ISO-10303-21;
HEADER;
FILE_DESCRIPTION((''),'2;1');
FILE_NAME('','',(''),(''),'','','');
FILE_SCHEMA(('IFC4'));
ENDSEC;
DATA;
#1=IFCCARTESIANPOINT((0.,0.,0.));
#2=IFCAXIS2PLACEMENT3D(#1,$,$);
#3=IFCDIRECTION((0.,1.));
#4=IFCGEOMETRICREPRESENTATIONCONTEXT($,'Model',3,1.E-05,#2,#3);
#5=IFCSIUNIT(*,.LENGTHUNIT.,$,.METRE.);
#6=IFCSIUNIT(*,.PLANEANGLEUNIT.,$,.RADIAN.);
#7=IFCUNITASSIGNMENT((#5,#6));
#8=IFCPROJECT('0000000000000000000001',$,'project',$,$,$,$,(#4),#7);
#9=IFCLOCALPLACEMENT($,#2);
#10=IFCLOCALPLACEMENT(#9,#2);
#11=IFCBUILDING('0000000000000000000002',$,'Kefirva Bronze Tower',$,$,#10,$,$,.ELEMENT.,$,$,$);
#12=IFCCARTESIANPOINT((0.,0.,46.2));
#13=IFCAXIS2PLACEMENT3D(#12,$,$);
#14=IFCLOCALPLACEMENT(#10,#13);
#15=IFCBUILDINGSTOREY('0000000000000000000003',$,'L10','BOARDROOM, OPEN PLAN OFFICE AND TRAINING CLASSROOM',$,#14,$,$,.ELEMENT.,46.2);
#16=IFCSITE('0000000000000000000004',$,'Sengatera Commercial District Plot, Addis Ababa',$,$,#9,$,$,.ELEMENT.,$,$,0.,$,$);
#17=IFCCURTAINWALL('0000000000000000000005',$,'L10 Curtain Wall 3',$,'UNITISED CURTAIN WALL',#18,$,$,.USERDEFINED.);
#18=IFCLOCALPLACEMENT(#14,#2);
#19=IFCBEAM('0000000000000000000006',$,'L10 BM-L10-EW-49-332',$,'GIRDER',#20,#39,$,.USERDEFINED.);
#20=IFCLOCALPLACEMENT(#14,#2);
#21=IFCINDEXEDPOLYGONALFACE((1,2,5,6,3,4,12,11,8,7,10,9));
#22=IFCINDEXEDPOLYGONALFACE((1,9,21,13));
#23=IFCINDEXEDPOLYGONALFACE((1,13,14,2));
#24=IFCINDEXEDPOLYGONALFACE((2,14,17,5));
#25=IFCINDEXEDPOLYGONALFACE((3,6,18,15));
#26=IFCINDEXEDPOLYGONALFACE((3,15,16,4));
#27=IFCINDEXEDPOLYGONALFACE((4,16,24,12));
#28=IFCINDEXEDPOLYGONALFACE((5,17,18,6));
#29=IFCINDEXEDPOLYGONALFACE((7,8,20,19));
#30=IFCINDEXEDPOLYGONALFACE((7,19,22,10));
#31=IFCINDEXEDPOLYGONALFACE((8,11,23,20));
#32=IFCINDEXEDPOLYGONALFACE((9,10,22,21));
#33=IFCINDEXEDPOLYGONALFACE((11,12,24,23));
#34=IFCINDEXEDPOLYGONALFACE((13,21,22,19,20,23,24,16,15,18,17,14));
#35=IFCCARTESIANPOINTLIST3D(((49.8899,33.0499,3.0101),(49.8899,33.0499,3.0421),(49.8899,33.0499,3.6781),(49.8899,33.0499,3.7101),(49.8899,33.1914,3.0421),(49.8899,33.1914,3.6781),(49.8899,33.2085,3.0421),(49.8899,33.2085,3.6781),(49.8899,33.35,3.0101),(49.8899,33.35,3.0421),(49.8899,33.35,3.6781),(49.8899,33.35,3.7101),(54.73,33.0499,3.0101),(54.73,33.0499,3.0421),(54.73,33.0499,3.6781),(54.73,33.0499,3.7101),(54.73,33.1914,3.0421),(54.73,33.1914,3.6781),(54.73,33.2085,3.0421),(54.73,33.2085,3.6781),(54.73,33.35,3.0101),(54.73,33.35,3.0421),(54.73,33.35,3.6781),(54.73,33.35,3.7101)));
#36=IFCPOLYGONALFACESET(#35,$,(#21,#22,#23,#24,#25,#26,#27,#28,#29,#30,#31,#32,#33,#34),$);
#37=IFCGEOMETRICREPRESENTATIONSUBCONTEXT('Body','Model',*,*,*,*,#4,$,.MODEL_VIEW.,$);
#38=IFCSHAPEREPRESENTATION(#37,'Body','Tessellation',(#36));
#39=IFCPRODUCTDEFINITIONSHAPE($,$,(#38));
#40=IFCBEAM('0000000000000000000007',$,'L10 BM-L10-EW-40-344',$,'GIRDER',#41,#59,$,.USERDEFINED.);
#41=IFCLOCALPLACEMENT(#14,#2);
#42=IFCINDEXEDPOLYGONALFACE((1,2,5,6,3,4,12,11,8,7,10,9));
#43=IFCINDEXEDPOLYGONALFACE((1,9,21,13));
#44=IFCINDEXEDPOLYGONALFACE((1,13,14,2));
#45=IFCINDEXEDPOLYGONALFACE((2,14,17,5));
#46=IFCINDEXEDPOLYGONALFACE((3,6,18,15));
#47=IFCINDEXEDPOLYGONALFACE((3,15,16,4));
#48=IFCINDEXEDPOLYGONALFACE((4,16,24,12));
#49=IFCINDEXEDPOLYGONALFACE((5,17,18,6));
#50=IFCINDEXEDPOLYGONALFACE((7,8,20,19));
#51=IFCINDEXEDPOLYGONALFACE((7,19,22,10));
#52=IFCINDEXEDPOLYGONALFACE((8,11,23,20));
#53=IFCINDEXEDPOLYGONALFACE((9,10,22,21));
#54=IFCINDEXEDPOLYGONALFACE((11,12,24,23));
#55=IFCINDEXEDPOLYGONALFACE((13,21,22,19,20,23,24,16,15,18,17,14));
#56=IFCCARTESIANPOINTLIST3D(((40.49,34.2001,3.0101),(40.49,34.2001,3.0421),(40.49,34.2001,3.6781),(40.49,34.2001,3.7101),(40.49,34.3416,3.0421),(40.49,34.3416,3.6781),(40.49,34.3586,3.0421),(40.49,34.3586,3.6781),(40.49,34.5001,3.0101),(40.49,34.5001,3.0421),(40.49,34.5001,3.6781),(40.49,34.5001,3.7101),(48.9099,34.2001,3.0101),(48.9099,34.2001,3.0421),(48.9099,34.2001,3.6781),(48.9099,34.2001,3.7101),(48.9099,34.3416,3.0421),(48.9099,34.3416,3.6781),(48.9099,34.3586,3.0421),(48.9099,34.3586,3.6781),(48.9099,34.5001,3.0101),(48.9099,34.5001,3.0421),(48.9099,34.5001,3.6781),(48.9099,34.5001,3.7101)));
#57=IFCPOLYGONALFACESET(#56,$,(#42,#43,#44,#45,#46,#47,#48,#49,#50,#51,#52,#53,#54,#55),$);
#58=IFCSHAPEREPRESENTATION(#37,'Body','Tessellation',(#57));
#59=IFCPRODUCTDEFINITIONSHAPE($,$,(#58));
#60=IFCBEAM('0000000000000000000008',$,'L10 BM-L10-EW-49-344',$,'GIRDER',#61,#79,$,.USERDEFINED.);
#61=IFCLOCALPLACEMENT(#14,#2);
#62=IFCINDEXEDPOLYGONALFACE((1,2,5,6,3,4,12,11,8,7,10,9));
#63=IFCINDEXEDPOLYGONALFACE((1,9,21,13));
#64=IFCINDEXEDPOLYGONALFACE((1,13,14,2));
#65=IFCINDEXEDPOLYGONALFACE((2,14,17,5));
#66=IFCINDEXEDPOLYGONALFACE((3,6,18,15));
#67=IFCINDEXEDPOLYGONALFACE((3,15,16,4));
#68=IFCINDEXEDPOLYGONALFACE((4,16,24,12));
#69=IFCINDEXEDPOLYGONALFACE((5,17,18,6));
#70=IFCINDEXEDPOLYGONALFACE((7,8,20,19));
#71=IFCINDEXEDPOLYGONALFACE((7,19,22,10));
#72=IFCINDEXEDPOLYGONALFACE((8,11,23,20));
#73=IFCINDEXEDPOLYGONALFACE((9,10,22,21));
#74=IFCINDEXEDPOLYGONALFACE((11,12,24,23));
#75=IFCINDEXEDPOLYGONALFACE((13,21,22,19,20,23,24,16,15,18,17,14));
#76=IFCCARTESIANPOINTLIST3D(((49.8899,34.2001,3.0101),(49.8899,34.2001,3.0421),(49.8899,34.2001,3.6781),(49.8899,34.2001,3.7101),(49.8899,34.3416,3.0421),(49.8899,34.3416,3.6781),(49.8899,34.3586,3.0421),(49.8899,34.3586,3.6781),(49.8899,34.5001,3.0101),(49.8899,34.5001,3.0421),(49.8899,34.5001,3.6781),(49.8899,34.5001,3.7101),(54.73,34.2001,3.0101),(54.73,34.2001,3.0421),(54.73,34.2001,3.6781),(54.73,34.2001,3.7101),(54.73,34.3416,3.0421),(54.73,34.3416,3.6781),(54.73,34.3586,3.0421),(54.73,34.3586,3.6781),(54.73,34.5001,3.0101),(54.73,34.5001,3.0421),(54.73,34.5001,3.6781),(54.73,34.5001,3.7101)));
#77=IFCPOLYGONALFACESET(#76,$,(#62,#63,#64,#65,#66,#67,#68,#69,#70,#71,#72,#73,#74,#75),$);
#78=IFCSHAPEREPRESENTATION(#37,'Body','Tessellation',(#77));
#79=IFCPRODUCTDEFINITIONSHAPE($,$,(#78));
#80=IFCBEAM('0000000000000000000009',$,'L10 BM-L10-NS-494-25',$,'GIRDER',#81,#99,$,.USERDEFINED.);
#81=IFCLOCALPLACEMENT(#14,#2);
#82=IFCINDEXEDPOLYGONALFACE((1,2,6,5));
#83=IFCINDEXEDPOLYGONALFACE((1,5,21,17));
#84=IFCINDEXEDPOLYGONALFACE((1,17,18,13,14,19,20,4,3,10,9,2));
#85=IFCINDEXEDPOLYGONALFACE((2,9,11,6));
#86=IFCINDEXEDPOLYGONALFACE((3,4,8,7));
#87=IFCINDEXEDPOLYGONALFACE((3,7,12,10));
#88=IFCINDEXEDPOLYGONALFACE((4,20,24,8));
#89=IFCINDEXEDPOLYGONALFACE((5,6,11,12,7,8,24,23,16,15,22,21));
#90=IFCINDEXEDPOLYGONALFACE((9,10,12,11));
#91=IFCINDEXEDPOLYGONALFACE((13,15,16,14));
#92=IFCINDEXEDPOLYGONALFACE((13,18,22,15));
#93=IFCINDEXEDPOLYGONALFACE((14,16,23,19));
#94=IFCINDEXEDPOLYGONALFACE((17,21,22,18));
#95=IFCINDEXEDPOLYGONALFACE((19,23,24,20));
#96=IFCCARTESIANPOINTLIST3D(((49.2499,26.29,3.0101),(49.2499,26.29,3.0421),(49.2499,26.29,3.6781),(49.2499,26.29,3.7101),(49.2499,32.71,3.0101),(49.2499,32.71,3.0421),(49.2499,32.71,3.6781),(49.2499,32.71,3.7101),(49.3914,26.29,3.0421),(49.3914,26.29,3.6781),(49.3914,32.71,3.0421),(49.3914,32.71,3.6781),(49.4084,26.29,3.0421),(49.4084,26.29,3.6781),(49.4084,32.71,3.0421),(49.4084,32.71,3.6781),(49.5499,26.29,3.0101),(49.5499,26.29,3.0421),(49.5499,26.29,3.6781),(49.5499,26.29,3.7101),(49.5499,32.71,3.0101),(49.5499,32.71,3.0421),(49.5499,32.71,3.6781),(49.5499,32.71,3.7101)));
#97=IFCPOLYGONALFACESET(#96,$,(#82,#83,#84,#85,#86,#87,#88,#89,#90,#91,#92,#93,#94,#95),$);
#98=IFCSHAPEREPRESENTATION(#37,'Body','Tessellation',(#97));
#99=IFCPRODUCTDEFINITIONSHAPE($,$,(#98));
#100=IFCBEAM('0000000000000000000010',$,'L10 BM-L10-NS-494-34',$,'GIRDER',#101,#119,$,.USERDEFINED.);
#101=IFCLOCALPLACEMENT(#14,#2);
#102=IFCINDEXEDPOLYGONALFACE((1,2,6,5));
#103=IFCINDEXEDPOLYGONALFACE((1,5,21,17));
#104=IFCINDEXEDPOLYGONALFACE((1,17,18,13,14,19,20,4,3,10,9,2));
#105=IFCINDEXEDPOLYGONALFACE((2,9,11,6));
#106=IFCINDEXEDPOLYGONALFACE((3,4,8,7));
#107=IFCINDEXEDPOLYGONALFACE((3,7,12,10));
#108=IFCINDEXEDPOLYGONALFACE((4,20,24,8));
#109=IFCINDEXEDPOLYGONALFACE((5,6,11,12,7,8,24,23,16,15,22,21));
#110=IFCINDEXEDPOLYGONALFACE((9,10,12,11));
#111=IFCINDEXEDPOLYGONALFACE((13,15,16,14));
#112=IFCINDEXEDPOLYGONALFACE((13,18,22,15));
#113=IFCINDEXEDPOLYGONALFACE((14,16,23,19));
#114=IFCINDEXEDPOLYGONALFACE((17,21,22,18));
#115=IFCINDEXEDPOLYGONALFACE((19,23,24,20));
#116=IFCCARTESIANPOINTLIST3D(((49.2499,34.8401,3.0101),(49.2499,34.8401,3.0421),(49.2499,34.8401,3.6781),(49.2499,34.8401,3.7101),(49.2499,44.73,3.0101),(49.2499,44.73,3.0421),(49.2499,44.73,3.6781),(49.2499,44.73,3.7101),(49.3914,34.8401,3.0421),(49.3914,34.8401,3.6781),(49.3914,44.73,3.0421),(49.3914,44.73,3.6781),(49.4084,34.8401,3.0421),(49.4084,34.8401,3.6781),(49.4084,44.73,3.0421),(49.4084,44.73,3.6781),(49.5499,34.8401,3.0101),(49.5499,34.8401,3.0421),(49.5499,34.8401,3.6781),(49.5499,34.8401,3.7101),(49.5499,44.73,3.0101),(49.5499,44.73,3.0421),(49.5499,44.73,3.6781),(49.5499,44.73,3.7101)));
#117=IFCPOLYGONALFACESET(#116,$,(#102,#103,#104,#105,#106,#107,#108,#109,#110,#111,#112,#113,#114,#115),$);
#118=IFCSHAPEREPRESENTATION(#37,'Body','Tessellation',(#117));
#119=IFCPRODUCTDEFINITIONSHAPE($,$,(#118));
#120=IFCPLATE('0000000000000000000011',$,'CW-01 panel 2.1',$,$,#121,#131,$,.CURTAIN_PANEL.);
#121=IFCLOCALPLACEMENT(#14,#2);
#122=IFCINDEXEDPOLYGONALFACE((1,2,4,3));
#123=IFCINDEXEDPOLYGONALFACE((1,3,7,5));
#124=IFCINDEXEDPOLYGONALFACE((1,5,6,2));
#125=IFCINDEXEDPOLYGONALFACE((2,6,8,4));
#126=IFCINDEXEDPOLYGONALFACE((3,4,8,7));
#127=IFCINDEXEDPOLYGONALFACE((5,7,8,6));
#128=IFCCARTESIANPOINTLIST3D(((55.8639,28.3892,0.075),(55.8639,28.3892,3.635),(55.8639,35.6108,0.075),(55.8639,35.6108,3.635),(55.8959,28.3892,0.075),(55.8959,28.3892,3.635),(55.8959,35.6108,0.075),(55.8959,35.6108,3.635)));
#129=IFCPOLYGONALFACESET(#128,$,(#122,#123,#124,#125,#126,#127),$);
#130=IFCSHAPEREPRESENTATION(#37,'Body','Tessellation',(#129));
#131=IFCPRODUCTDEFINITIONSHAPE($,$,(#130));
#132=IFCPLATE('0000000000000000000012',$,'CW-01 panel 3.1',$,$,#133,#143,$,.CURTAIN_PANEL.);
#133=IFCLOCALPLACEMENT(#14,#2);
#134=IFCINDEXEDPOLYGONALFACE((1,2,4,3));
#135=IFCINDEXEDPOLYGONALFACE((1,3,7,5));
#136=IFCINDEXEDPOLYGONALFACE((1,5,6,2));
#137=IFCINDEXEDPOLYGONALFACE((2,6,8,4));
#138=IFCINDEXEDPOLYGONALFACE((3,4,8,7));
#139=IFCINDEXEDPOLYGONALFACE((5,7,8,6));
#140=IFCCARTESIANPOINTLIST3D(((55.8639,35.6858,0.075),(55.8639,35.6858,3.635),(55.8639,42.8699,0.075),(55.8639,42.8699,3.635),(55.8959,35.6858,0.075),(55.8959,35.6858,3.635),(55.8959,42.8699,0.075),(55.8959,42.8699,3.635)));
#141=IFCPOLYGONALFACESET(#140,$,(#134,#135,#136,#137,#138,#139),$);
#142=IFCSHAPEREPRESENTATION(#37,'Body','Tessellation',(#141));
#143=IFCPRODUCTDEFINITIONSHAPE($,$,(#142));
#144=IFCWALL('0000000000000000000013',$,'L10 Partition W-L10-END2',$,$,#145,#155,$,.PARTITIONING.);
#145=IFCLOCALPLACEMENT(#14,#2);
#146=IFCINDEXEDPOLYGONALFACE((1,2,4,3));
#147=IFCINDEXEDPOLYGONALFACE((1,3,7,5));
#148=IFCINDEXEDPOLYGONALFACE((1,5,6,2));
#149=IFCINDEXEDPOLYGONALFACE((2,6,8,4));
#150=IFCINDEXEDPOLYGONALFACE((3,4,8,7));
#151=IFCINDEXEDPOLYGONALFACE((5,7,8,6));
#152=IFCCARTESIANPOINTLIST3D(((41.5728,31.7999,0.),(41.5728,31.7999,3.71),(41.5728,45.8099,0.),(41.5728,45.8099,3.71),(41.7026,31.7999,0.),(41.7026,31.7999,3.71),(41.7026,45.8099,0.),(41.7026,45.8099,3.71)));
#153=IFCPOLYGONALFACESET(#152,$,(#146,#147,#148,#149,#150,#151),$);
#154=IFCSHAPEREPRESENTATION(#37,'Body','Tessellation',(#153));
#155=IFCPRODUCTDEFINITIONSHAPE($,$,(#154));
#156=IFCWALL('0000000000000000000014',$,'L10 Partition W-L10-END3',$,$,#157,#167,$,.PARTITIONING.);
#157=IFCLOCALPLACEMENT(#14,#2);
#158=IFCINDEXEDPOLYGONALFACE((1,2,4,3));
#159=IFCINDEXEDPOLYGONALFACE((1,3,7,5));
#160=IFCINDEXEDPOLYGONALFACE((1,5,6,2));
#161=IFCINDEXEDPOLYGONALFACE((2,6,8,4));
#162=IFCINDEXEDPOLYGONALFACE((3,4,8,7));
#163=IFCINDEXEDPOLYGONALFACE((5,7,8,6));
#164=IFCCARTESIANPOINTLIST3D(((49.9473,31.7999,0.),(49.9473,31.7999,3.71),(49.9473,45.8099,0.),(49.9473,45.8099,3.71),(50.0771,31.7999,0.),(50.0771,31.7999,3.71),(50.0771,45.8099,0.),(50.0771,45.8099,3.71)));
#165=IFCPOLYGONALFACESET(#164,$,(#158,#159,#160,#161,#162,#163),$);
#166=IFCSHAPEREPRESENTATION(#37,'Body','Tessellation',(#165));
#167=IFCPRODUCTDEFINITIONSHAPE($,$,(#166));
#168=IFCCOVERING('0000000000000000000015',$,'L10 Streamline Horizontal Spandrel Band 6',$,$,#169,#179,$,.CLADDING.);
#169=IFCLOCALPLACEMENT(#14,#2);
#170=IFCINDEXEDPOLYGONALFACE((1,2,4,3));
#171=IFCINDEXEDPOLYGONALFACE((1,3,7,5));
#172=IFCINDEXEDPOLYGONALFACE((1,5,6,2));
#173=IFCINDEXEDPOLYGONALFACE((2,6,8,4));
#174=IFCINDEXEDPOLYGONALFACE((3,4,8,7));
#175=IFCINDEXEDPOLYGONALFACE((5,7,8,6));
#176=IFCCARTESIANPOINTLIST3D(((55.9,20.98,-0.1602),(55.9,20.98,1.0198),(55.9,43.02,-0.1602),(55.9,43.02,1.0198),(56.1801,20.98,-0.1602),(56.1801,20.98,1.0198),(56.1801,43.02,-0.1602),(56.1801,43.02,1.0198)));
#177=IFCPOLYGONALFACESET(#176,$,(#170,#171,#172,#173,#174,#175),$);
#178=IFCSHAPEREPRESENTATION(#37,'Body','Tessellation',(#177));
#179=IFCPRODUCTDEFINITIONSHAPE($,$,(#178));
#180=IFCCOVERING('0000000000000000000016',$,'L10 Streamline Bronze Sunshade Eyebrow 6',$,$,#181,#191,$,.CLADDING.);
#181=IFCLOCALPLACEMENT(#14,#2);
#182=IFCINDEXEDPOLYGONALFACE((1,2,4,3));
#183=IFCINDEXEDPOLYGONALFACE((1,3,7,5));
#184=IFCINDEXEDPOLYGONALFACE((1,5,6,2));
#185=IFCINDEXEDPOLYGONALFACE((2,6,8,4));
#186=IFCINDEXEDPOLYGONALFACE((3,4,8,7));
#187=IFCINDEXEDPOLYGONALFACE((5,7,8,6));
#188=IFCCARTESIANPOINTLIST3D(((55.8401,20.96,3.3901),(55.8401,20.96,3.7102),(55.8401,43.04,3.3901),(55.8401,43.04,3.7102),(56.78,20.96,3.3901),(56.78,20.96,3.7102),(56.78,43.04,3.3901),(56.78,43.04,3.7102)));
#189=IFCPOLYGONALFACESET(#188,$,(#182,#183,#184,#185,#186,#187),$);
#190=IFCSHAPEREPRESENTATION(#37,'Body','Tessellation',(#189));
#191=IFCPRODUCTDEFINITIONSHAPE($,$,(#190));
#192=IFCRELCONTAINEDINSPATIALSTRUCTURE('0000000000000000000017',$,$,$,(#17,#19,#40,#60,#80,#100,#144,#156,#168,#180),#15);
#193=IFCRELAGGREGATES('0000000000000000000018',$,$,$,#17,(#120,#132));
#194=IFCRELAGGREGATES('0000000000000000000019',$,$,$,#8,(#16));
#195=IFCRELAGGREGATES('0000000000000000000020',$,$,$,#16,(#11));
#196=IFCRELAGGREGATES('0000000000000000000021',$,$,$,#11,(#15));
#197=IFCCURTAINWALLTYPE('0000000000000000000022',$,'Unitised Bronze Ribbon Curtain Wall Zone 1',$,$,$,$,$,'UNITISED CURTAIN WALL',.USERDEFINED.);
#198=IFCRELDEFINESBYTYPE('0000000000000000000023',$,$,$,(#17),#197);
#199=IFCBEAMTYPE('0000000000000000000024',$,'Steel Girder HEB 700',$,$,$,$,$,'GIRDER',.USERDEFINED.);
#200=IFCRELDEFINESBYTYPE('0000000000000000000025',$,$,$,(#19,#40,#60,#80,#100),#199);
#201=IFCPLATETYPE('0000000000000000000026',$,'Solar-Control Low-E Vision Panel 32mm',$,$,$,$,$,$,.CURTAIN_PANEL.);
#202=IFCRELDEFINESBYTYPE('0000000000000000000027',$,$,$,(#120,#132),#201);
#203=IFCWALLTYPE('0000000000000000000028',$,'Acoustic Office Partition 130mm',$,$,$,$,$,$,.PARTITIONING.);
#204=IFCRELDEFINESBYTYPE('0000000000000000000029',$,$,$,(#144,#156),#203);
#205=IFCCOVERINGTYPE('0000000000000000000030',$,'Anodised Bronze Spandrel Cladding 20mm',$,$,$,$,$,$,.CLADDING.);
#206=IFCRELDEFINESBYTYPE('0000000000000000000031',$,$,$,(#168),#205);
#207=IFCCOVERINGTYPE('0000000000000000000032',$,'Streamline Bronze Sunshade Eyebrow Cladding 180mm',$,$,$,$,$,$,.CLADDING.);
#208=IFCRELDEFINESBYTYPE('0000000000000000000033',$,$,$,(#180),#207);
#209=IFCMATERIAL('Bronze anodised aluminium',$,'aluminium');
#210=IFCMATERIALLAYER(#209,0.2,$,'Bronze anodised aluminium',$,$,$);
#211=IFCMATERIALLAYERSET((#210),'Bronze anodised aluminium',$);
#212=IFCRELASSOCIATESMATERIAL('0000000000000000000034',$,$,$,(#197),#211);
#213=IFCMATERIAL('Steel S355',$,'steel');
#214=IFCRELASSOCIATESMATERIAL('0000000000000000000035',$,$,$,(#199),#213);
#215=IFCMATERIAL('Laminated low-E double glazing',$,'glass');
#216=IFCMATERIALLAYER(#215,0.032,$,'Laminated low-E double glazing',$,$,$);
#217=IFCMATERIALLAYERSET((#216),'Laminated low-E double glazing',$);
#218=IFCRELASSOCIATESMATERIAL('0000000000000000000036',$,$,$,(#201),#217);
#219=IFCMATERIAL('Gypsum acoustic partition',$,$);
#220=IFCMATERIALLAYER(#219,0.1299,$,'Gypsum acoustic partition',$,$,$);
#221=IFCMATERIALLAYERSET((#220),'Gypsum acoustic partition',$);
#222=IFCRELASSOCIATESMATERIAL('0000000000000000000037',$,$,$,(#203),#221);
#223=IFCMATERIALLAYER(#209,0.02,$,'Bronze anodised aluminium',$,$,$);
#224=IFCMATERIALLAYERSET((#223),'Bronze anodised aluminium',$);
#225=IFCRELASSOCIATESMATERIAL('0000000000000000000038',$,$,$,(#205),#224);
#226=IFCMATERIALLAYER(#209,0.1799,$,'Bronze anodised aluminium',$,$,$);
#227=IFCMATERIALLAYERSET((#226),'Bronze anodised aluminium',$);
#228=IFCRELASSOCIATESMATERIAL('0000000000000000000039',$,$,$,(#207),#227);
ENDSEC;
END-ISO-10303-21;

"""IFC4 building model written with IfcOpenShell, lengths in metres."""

from ifc_helpers import new_model, si_unit, direction, frame, frame_2d, origin, origin_2d, place, context, subcontext, project, spatial, rectangle, i_section, extrude, material, layer, layer_set, material_profile, profile_set, type_object, element, aggregate, save


model = new_model("IFC4")

# Units and contexts
model_context = context("Model", 3, precision=1e-05, world=origin(), true_north=direction((0.0, 1.0)))
body_context = subcontext(model_context, "Body", "Model", "MODEL_VIEW")
ifc_project = project(units=[si_unit("LENGTHUNIT", "METRE"), si_unit("PLANEANGLEUNIT", "RADIAN")], contexts=[model_context])

# Site, building, storey
site_placement = place(None, origin())
site = spatial("IfcSite", under=ifc_project, at=site_placement, Name="Sengatera Commercial District Plot, Addis Ababa", CompositionType="ELEMENT", RefElevation=0.0)
building_placement = place(site_placement, origin())
building = spatial("IfcBuilding", under=site, at=building_placement, Name="Kefirva Bronze Tower", CompositionType="ELEMENT")
storey_placement = place(building_placement, frame((0.0, 0.0, 46.2)))
storey = spatial("IfcBuildingStorey", under=building, at=storey_placement, Name="L10", Description="BOARDROOM, OPEN PLAN OFFICE AND TRAINING CLASSROOM", CompositionType="ELEMENT", Elevation=46.2)

# Curtain wall
ifc_material_1 = material(Name="Bronze anodised aluminium", Category="aluminium")
ifc_layer_1 = layer(ifc_material_1, 0.2, Name="Bronze anodised aluminium")
ifc_layer_set_1 = layer_set([ifc_layer_1], Name="Bronze anodised aluminium")
curtain_wall_type = type_object("IfcCurtainWallType", Name="Unitised Bronze Ribbon Curtain Wall Zone 1", ElementType="UNITISED CURTAIN WALL", PredefinedType="USERDEFINED", material=ifc_layer_set_1)
curtain_wall_placement = place(storey_placement, origin())
curtain_wall = element("IfcCurtainWall", 1, at=curtain_wall_placement, inside=storey, type_object=curtain_wall_type, Name="L10 Curtain Wall 3", ObjectType="UNITISED CURTAIN WALL", PredefinedType="USERDEFINED")

# Beams
ifc_material_2 = material(Name="Steel S355", Category="steel")
ifc_material_profile_1 = material_profile(ifc_material_2, i_section(OverallWidth=0.3, OverallDepth=0.7, WebThickness=0.0171, FlangeThickness=0.032, at=origin_2d()), Name="HEB 700")
ifc_profile_set_1 = profile_set([ifc_material_profile_1], Name="Steel S355")
beam_type = type_object("IfcBeamType", Name="Steel Girder HEB 700", ElementType="GIRDER", PredefinedType="USERDEFINED", material=ifc_profile_set_1)
beam_1_placement = place(storey_placement, frame((49.8899, 33.2, 3.3601), z_axis=(1.0, 0.0, 0.0), x_axis=(0.0, 1.0, 0.0)))
element("IfcBeam", 2, at=beam_1_placement, inside=storey, type_object=beam_type, Name="L10 BM-L10-EW-49-332", ObjectType="GIRDER", PredefinedType="USERDEFINED", context=body_context, shape_type="SweptSolid", body=[
    extrude(i_section(OverallWidth=0.3, OverallDepth=0.7, WebThickness=0.0171, FlangeThickness=0.032, at=origin_2d()), origin(), (0.0, 0.0, 1.0), 4.8401),
])
beam_2_placement = place(storey_placement, frame((40.49, 34.3501, 3.3601), z_axis=(1.0, 0.0, 0.0), x_axis=(0.0, 1.0, 0.0)))
element("IfcBeam", 3, at=beam_2_placement, inside=storey, type_object=beam_type, Name="L10 BM-L10-EW-40-344", ObjectType="GIRDER", PredefinedType="USERDEFINED", context=body_context, shape_type="SweptSolid", body=[
    extrude(i_section(OverallWidth=0.3, OverallDepth=0.7, WebThickness=0.0171, FlangeThickness=0.032, at=origin_2d()), origin(), (0.0, 0.0, 1.0), 8.4199),
])
beam_3_placement = place(storey_placement, frame((49.8899, 34.3501, 3.3601), z_axis=(1.0, 0.0, 0.0), x_axis=(0.0, 1.0, 0.0)))
element("IfcBeam", 4, at=beam_3_placement, inside=storey, type_object=beam_type, Name="L10 BM-L10-EW-49-344", ObjectType="GIRDER", PredefinedType="USERDEFINED", context=body_context, shape_type="SweptSolid", body=[
    extrude(i_section(OverallWidth=0.3, OverallDepth=0.7, WebThickness=0.0171, FlangeThickness=0.032, at=origin_2d()), origin(), (0.0, 0.0, 1.0), 4.8401),
])
beam_4_placement = place(storey_placement, frame((49.3999, 26.29, 3.3601), z_axis=(0.0, 1.0, 0.0), x_axis=(-1.0, 0.0, 0.0)))
element("IfcBeam", 5, at=beam_4_placement, inside=storey, type_object=beam_type, Name="L10 BM-L10-NS-494-25", ObjectType="GIRDER", PredefinedType="USERDEFINED", context=body_context, shape_type="SweptSolid", body=[
    extrude(i_section(OverallWidth=0.3, OverallDepth=0.7, WebThickness=0.0171, FlangeThickness=0.032, at=origin_2d()), origin(), (0.0, 0.0, 1.0), 6.4199),
])
beam_5_placement = place(storey_placement, frame((49.3999, 34.8401, 3.3601), z_axis=(0.0, 1.0, 0.0), x_axis=(-1.0, 0.0, 0.0)))
element("IfcBeam", 6, at=beam_5_placement, inside=storey, type_object=beam_type, Name="L10 BM-L10-NS-494-34", ObjectType="GIRDER", PredefinedType="USERDEFINED", context=body_context, shape_type="SweptSolid", body=[
    extrude(i_section(OverallWidth=0.3, OverallDepth=0.7, WebThickness=0.0171, FlangeThickness=0.032, at=origin_2d()), origin(), (0.0, 0.0, 1.0), 9.8899),
])

# Plates
ifc_material_3 = material(Name="Laminated low-E double glazing", Category="glass")
ifc_layer_2 = layer(ifc_material_3, 0.032, Name="Laminated low-E double glazing")
ifc_layer_set_2 = layer_set([ifc_layer_2], Name="Laminated low-E double glazing")
plate_type = type_object("IfcPlateType", Name="Solar-Control Low-E Vision Panel 32mm", PredefinedType="CURTAIN_PANEL", material=ifc_layer_set_2)
plate_1_placement = place(storey_placement, frame((55.8799, 32.0, 0.075), z_axis=(0.0, 0.0, 1.0), x_axis=(0.0, 1.0, 0.0)))
plate_1 = element("IfcPlate", 7, at=plate_1_placement, type_object=plate_type, Name="CW-01 panel 2.1", PredefinedType="CURTAIN_PANEL", context=body_context, shape_type="SweptSolid", body=[
    extrude(rectangle(XDim=7.2217, YDim=0.032, at=origin_2d()), origin(), (0.0, 0.0, 1.0), 3.5601),
])
plate_2_placement = place(storey_placement, frame((55.8799, 39.2778, 0.075), z_axis=(0.0, 0.0, 1.0), x_axis=(0.0, 1.0, 0.0)))
plate_2 = element("IfcPlate", 8, at=plate_2_placement, type_object=plate_type, Name="CW-01 panel 3.1", PredefinedType="CURTAIN_PANEL", context=body_context, shape_type="SweptSolid", body=[
    extrude(rectangle(XDim=7.1841, YDim=0.032, at=origin_2d()), origin(), (0.0, 0.0, 1.0), 3.5601),
])
aggregate(curtain_wall, [plate_1, plate_2])

# Walls
ifc_material_4 = material(Name="Gypsum acoustic partition")
ifc_layer_3 = layer(ifc_material_4, 0.1299, Name="Gypsum acoustic partition")
ifc_layer_set_3 = layer_set([ifc_layer_3], Name="Gypsum acoustic partition")
wall_type = type_object("IfcWallType", Name="Acoustic Office Partition 130mm", PredefinedType="PARTITIONING", material=ifc_layer_set_3)
for number, where, z_axis, x_axis, name in (
    (9, (41.6377, 31.8, 0.0), (0.0, 0.0, 1.0), (0.0, 1.0, 0.0), "L10 Partition W-L10-END2"),
    (10, (50.0122, 31.8, 0.0), (0.0, 0.0, 1.0), (0.0, 1.0, 0.0), "L10 Partition W-L10-END3"),
):
    element("IfcWall", number, at=place(storey_placement, frame(where, z_axis=z_axis, x_axis=x_axis)), inside=storey, type_object=wall_type, Name=name, PredefinedType="PARTITIONING", context=body_context, shape_type="SweptSolid", body=[
        extrude(rectangle(XDim=14.01, YDim=0.1299, at=frame_2d((7.0049, 0.0))), origin(), (0.0, 0.0, 1.0), 3.71),
    ])

# Coverings
ifc_layer_4 = layer(ifc_material_1, 0.02, Name="Bronze anodised aluminium")
ifc_layer_set_4 = layer_set([ifc_layer_4], Name="Bronze anodised aluminium")
covering_type_1 = type_object("IfcCoveringType", Name="Anodised Bronze Spandrel Cladding 20mm", PredefinedType="CLADDING", material=ifc_layer_set_4)
covering_1_placement = place(storey_placement, frame((56.04, 32.0, -0.1602), z_axis=(0.0, 0.0, 1.0), x_axis=(0.0, 1.0, 0.0)))
element("IfcCovering", 11, at=covering_1_placement, inside=storey, type_object=covering_type_1, Name="L10 Streamline Horizontal Spandrel Band 6", PredefinedType="CLADDING", context=body_context, shape_type="SweptSolid", body=[
    extrude(rectangle(XDim=22.04, YDim=0.28, at=origin_2d()), origin(), (0.0, 0.0, 1.0), 1.1799),
])
ifc_layer_5 = layer(ifc_material_1, 0.1799, Name="Bronze anodised aluminium")
ifc_layer_set_5 = layer_set([ifc_layer_5], Name="Bronze anodised aluminium")
covering_type_2 = type_object("IfcCoveringType", Name="Streamline Bronze Sunshade Eyebrow Cladding 180mm", PredefinedType="CLADDING", material=ifc_layer_set_5)
covering_2_placement = place(storey_placement, frame((56.3101, 32.0, 3.3901), z_axis=(0.0, 0.0, 1.0), x_axis=(0.0, 1.0, 0.0)))
element("IfcCovering", 12, at=covering_2_placement, inside=storey, type_object=covering_type_2, Name="L10 Streamline Bronze Sunshade Eyebrow 6", PredefinedType="CLADDING", context=body_context, shape_type="SweptSolid", body=[
    extrude(rectangle(XDim=22.0801, YDim=0.9399, at=origin_2d()), origin(), (0.0, 0.0, 1.0), 0.3201),
])

save(model, "model.ifc")
